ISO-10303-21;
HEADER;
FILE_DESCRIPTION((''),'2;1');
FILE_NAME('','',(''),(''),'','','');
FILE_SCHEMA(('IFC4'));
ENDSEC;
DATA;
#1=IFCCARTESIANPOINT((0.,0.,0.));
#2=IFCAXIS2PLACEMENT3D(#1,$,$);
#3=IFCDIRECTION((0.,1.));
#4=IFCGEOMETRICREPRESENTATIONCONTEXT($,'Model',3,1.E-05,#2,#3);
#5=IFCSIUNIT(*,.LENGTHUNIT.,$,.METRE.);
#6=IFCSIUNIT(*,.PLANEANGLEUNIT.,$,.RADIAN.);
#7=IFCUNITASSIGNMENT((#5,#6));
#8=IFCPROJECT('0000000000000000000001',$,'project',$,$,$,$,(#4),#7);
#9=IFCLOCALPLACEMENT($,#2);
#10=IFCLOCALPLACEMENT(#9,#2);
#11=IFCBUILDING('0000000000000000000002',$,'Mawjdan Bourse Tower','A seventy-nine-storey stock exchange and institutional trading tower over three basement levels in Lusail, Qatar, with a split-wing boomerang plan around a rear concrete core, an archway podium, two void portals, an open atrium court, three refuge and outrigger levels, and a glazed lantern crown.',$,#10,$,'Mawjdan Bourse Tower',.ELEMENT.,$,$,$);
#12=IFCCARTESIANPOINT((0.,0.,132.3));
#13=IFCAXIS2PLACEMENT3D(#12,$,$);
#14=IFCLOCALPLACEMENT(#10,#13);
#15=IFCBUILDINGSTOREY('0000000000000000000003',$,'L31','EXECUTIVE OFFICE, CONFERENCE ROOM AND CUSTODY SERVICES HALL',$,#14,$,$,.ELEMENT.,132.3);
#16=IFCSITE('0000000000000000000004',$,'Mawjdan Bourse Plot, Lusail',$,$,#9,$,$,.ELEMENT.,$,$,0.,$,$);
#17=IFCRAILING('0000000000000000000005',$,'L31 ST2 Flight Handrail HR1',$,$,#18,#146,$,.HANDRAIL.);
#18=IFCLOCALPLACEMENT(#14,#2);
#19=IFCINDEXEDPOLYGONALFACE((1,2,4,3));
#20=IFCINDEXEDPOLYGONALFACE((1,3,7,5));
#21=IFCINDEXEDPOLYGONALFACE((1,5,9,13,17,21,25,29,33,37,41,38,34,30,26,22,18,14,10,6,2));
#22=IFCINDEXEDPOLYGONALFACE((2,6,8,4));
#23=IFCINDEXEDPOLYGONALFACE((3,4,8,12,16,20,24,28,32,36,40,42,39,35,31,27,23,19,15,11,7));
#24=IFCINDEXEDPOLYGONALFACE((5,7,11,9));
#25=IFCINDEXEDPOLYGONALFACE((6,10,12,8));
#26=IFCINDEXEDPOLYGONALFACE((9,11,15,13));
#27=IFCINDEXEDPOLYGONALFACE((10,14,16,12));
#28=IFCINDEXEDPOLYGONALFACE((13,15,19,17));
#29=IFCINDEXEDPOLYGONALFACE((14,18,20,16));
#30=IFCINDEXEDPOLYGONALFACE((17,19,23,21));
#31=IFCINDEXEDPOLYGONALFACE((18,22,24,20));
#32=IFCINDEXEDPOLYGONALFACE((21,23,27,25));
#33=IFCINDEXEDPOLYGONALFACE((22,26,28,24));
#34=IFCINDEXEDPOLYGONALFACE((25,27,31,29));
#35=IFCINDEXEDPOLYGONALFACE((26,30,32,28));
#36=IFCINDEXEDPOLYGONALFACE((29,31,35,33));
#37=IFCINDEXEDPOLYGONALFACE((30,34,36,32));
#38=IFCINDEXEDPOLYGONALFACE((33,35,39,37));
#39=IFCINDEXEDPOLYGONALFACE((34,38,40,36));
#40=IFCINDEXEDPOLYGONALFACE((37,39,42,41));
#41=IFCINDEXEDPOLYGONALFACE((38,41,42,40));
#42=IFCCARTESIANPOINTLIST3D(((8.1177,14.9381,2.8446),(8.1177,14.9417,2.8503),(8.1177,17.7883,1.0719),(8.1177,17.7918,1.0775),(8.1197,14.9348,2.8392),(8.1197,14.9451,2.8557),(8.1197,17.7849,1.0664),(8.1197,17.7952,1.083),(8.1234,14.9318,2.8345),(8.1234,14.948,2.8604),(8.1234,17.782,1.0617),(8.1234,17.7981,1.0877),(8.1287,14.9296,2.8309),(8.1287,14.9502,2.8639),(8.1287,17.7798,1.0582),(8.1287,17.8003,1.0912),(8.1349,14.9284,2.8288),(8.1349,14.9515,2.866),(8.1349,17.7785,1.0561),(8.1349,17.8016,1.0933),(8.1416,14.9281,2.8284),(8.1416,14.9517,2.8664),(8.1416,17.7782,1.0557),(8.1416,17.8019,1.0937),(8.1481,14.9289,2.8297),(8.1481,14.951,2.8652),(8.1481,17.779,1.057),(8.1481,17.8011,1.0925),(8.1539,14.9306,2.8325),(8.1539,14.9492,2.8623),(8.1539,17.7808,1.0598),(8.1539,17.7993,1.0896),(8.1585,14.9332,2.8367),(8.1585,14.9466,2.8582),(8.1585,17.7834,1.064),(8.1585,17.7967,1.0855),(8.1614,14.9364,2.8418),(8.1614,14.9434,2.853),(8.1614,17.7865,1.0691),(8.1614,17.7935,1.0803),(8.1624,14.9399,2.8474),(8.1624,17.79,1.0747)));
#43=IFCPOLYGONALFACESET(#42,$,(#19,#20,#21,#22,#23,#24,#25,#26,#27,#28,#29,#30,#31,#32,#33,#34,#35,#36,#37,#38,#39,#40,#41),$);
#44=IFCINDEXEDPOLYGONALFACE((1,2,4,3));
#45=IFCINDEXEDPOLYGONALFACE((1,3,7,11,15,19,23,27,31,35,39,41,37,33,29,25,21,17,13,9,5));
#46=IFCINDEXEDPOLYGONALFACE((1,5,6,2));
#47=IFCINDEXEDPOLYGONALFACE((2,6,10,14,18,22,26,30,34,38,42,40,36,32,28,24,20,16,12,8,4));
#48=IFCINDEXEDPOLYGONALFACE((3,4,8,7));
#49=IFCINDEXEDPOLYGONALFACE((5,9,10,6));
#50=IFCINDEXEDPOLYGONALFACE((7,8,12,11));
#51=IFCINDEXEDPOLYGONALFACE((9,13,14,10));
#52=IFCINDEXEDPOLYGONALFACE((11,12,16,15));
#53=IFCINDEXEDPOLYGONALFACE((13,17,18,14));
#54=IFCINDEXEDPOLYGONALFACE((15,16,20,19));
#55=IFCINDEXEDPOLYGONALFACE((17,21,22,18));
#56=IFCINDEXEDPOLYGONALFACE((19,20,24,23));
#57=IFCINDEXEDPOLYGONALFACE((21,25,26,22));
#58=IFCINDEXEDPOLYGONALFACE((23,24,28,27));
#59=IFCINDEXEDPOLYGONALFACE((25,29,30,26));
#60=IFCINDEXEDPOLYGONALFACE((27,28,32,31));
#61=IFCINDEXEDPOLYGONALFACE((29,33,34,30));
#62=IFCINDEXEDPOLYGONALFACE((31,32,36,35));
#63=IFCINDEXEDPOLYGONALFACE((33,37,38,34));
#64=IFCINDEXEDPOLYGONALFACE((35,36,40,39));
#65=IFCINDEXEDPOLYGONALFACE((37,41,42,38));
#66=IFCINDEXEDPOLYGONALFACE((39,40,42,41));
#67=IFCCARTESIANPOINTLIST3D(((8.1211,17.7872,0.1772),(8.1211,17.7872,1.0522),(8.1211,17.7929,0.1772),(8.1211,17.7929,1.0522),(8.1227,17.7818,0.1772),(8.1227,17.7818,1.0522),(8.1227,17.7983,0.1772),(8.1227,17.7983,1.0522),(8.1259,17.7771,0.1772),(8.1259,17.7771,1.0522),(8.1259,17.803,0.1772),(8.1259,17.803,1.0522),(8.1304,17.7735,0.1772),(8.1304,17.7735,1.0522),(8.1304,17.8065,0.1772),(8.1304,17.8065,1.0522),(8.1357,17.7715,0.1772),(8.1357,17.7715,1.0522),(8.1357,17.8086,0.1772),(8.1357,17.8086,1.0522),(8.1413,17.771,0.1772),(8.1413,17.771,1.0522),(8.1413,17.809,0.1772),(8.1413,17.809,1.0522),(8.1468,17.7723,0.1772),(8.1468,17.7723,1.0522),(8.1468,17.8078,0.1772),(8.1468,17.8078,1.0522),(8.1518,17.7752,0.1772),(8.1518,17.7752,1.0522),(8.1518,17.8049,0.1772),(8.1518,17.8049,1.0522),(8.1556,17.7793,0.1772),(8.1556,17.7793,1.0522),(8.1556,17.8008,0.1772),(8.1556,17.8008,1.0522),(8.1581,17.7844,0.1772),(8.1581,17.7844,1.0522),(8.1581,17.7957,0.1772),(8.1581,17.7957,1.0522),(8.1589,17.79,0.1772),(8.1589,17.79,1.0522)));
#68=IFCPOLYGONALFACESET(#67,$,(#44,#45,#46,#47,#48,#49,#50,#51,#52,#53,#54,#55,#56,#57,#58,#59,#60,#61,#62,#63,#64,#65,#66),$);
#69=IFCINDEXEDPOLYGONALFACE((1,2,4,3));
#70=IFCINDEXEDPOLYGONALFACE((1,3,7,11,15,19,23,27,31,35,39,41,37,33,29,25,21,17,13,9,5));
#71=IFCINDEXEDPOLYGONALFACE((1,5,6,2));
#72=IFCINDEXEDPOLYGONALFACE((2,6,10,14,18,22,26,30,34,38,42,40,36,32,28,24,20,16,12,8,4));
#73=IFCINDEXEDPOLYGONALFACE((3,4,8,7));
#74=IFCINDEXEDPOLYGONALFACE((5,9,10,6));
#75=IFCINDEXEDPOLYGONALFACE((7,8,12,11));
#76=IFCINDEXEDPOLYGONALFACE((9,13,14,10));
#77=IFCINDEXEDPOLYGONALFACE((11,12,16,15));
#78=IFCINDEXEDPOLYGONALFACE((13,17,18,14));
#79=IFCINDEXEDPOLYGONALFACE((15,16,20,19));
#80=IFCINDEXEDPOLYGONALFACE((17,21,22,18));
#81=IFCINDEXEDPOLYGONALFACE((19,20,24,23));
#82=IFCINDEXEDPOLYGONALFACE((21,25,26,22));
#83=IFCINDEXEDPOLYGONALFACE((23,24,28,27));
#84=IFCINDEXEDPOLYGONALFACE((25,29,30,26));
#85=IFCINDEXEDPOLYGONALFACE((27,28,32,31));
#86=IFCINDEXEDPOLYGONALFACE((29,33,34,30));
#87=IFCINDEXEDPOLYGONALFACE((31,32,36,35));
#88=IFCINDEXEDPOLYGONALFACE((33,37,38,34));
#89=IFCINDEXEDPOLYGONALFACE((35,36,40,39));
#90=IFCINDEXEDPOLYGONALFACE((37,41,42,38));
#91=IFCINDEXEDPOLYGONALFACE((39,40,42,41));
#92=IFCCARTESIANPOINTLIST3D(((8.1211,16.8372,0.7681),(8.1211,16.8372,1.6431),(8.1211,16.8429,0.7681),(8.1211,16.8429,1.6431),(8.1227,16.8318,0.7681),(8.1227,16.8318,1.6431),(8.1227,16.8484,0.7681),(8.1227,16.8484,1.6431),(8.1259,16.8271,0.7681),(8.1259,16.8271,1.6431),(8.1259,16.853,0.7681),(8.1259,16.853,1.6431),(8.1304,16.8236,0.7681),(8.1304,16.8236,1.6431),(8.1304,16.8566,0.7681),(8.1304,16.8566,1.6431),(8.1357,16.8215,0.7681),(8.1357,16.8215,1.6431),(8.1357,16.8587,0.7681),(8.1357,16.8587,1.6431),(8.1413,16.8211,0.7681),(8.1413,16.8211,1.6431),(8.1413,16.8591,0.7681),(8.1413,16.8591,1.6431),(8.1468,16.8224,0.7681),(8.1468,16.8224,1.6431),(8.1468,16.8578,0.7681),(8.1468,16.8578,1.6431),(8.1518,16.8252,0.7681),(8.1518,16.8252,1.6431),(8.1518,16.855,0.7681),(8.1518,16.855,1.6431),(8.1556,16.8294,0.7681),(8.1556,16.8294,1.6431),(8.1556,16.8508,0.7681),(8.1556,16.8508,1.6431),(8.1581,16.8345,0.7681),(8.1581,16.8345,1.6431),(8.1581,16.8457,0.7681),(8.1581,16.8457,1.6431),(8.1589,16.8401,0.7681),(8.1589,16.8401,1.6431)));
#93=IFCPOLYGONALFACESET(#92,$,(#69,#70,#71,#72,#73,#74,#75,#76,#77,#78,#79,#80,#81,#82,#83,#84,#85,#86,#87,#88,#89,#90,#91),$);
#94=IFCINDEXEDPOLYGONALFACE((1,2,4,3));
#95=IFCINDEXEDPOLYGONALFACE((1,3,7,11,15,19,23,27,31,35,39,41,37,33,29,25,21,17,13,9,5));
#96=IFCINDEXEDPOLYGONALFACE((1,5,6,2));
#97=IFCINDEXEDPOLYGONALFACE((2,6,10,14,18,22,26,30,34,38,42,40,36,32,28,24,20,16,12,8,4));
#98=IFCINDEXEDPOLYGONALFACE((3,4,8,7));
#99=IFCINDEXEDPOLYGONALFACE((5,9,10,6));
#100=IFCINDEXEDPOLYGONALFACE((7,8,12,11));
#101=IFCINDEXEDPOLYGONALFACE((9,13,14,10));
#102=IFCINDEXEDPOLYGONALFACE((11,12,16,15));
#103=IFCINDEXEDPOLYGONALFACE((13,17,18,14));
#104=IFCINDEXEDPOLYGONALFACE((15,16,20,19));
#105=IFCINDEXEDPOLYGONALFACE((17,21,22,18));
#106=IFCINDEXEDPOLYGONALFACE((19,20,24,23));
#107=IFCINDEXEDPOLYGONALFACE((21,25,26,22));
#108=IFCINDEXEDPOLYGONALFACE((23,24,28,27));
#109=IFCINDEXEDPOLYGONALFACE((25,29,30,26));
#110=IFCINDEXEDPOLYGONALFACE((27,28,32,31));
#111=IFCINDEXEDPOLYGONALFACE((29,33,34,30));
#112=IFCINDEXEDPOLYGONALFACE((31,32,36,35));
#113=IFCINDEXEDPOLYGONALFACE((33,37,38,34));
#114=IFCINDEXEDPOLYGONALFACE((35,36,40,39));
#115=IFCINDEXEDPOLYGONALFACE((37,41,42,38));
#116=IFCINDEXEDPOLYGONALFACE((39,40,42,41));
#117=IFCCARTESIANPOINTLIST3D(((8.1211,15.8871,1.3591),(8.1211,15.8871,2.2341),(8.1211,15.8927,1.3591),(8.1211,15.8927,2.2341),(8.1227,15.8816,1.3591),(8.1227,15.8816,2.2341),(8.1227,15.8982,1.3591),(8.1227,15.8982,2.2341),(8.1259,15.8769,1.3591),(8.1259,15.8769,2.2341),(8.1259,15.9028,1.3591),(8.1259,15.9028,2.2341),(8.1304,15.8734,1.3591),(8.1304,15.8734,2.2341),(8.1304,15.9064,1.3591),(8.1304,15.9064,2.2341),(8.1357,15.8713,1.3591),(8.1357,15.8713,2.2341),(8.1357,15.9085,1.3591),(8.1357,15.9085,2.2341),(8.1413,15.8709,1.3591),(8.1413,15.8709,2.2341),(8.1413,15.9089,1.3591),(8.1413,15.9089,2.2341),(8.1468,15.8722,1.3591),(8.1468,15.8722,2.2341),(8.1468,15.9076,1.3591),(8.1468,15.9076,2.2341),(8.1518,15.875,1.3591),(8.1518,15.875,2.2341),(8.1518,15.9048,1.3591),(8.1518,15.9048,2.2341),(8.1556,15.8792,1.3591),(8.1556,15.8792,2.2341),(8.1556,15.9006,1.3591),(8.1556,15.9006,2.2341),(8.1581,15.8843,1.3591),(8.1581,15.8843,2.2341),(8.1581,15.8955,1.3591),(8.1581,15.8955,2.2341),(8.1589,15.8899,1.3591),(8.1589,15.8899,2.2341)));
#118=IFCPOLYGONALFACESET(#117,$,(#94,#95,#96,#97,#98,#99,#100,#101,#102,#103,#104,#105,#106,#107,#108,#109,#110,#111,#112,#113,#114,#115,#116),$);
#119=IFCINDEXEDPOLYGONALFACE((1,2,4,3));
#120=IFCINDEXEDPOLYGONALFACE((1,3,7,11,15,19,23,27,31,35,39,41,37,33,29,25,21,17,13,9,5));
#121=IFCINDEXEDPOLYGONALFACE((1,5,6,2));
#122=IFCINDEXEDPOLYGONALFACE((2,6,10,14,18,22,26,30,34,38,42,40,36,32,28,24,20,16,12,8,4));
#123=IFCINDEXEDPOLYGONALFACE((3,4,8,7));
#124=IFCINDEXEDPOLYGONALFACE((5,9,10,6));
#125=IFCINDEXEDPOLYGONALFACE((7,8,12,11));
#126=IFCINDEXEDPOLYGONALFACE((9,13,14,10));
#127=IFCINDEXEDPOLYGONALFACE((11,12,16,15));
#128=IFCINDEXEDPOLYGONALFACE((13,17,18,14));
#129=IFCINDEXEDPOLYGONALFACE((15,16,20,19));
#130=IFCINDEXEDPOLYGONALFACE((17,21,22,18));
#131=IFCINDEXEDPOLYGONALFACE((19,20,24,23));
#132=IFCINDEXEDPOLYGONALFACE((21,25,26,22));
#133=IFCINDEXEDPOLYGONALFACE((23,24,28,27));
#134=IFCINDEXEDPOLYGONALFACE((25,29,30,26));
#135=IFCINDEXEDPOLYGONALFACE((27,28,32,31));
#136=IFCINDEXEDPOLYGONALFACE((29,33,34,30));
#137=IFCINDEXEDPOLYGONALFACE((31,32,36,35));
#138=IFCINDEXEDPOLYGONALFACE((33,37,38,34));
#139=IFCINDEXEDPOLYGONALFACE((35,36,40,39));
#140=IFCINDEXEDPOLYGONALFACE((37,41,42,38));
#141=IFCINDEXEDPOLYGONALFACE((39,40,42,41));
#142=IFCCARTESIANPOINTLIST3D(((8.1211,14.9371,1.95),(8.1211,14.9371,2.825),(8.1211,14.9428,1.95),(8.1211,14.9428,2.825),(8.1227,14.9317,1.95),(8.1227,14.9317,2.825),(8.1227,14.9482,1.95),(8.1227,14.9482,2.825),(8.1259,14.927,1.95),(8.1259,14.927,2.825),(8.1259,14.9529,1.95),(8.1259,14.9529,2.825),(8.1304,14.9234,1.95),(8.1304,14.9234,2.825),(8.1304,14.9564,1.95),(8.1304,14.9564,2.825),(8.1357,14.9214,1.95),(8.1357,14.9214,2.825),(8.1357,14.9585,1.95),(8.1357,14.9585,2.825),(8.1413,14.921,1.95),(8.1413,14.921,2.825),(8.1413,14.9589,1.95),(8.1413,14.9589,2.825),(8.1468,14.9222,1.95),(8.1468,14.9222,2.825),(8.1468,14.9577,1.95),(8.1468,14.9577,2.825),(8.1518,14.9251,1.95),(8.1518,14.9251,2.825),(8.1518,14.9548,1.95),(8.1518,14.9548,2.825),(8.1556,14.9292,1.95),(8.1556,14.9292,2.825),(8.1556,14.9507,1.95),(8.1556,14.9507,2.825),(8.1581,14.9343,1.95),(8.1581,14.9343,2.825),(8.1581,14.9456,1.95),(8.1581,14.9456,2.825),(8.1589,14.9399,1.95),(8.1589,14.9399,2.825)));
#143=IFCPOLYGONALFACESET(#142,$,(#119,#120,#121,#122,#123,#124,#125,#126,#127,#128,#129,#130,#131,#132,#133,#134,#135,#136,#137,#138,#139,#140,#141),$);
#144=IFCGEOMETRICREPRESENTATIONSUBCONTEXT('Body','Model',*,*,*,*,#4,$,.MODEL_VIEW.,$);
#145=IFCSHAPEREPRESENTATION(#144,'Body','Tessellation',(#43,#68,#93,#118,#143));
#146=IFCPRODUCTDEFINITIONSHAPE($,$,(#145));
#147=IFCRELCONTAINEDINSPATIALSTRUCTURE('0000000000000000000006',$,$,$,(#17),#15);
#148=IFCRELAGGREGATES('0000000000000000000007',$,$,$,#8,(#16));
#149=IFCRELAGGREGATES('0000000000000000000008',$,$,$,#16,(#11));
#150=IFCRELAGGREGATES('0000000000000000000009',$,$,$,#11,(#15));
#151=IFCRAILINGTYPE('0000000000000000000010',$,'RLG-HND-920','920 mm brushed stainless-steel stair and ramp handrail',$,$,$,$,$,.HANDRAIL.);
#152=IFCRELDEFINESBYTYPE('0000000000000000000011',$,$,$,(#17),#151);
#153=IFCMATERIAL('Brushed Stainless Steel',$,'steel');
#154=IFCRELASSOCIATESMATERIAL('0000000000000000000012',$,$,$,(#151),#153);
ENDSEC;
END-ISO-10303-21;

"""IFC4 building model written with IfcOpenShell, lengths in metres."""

from ifc_helpers import new_model, si_unit, direction, frame, origin, origin_2d, place, context, subcontext, project, spatial, circle, extrude, material, type_object, element, save


model = new_model("IFC4")

# Units and contexts
model_context = context("Model", 3, precision=1e-05, world=origin(), true_north=direction((0.0, 1.0)))
body_context = subcontext(model_context, "Body", "Model", "MODEL_VIEW")
ifc_project = project(units=[si_unit("LENGTHUNIT", "METRE"), si_unit("PLANEANGLEUNIT", "RADIAN")], contexts=[model_context])

# Site, building, storey
site_placement = place(None, origin())
site = spatial("IfcSite", under=ifc_project, at=site_placement, Name="Mawjdan Bourse Plot, Lusail", CompositionType="ELEMENT", RefElevation=0.0)
building_placement = place(site_placement, origin())
building = spatial("IfcBuilding", under=site, at=building_placement, Name="Mawjdan Bourse Tower", Description="A seventy-nine-storey stock exchange and institutional trading tower over three basement levels in Lusail, Qatar, with a split-wing boomerang plan around a rear concrete core, an archway podium, two void portals, an open atrium court, three refuge and outrigger levels, and a glazed lantern crown.", LongName="Mawjdan Bourse Tower", CompositionType="ELEMENT")
storey_placement = place(building_placement, frame((0.0, 0.0, 132.3)))
storey = spatial("IfcBuildingStorey", under=building, at=storey_placement, Name="L31", Description="EXECUTIVE OFFICE, CONFERENCE ROOM AND CUSTODY SERVICES HALL", CompositionType="ELEMENT", Elevation=132.3)

# Railing
ifc_material_1 = material(Name="Brushed Stainless Steel", Category="steel")
railing_type_1 = type_object("IfcRailingType", Name="RLG-HND-920", Description="920 mm brushed stainless-steel stair and ramp handrail", PredefinedType="HANDRAIL", material=ifc_material_1)
for number, where, name in (
    (1, (8.1399, 17.79, 0.1772), "L31 ST2 Flight Handrail HR1"),
):
    element("IfcRailing", number, at=place(storey_placement, frame(where)), inside=storey, type_object=railing_type_1, Name=name, PredefinedType="HANDRAIL", context=body_context, shape_type="SweptSolid", body=[
        extrude(circle(Radius=0.0225, at=origin_2d()), frame((0.0, 0.0, 0.8975), z_axis=(0.0, -0.849149, 0.528154), x_axis=(1.0, 0.0, 0.0)), (0.0, 0.0, 1.0), 3.3564),
        extrude(circle(Radius=0.019, at=origin_2d()), origin(), (0.0, 0.0, 1.0), 0.875),
        extrude(circle(Radius=0.019, at=origin_2d()), frame((0.0, -0.95, 0.5908)), (0.0, 0.0, 1.0), 0.875),
        extrude(circle(Radius=0.019, at=origin_2d()), frame((0.0, -1.9001, 1.1819)), (0.0, 0.0, 1.0), 0.875),
        extrude(circle(Radius=0.019, at=origin_2d()), frame((0.0, -2.8501, 1.7727)), (0.0, 0.0, 1.0), 0.875),
    ])

save(model, "model.ifc")
